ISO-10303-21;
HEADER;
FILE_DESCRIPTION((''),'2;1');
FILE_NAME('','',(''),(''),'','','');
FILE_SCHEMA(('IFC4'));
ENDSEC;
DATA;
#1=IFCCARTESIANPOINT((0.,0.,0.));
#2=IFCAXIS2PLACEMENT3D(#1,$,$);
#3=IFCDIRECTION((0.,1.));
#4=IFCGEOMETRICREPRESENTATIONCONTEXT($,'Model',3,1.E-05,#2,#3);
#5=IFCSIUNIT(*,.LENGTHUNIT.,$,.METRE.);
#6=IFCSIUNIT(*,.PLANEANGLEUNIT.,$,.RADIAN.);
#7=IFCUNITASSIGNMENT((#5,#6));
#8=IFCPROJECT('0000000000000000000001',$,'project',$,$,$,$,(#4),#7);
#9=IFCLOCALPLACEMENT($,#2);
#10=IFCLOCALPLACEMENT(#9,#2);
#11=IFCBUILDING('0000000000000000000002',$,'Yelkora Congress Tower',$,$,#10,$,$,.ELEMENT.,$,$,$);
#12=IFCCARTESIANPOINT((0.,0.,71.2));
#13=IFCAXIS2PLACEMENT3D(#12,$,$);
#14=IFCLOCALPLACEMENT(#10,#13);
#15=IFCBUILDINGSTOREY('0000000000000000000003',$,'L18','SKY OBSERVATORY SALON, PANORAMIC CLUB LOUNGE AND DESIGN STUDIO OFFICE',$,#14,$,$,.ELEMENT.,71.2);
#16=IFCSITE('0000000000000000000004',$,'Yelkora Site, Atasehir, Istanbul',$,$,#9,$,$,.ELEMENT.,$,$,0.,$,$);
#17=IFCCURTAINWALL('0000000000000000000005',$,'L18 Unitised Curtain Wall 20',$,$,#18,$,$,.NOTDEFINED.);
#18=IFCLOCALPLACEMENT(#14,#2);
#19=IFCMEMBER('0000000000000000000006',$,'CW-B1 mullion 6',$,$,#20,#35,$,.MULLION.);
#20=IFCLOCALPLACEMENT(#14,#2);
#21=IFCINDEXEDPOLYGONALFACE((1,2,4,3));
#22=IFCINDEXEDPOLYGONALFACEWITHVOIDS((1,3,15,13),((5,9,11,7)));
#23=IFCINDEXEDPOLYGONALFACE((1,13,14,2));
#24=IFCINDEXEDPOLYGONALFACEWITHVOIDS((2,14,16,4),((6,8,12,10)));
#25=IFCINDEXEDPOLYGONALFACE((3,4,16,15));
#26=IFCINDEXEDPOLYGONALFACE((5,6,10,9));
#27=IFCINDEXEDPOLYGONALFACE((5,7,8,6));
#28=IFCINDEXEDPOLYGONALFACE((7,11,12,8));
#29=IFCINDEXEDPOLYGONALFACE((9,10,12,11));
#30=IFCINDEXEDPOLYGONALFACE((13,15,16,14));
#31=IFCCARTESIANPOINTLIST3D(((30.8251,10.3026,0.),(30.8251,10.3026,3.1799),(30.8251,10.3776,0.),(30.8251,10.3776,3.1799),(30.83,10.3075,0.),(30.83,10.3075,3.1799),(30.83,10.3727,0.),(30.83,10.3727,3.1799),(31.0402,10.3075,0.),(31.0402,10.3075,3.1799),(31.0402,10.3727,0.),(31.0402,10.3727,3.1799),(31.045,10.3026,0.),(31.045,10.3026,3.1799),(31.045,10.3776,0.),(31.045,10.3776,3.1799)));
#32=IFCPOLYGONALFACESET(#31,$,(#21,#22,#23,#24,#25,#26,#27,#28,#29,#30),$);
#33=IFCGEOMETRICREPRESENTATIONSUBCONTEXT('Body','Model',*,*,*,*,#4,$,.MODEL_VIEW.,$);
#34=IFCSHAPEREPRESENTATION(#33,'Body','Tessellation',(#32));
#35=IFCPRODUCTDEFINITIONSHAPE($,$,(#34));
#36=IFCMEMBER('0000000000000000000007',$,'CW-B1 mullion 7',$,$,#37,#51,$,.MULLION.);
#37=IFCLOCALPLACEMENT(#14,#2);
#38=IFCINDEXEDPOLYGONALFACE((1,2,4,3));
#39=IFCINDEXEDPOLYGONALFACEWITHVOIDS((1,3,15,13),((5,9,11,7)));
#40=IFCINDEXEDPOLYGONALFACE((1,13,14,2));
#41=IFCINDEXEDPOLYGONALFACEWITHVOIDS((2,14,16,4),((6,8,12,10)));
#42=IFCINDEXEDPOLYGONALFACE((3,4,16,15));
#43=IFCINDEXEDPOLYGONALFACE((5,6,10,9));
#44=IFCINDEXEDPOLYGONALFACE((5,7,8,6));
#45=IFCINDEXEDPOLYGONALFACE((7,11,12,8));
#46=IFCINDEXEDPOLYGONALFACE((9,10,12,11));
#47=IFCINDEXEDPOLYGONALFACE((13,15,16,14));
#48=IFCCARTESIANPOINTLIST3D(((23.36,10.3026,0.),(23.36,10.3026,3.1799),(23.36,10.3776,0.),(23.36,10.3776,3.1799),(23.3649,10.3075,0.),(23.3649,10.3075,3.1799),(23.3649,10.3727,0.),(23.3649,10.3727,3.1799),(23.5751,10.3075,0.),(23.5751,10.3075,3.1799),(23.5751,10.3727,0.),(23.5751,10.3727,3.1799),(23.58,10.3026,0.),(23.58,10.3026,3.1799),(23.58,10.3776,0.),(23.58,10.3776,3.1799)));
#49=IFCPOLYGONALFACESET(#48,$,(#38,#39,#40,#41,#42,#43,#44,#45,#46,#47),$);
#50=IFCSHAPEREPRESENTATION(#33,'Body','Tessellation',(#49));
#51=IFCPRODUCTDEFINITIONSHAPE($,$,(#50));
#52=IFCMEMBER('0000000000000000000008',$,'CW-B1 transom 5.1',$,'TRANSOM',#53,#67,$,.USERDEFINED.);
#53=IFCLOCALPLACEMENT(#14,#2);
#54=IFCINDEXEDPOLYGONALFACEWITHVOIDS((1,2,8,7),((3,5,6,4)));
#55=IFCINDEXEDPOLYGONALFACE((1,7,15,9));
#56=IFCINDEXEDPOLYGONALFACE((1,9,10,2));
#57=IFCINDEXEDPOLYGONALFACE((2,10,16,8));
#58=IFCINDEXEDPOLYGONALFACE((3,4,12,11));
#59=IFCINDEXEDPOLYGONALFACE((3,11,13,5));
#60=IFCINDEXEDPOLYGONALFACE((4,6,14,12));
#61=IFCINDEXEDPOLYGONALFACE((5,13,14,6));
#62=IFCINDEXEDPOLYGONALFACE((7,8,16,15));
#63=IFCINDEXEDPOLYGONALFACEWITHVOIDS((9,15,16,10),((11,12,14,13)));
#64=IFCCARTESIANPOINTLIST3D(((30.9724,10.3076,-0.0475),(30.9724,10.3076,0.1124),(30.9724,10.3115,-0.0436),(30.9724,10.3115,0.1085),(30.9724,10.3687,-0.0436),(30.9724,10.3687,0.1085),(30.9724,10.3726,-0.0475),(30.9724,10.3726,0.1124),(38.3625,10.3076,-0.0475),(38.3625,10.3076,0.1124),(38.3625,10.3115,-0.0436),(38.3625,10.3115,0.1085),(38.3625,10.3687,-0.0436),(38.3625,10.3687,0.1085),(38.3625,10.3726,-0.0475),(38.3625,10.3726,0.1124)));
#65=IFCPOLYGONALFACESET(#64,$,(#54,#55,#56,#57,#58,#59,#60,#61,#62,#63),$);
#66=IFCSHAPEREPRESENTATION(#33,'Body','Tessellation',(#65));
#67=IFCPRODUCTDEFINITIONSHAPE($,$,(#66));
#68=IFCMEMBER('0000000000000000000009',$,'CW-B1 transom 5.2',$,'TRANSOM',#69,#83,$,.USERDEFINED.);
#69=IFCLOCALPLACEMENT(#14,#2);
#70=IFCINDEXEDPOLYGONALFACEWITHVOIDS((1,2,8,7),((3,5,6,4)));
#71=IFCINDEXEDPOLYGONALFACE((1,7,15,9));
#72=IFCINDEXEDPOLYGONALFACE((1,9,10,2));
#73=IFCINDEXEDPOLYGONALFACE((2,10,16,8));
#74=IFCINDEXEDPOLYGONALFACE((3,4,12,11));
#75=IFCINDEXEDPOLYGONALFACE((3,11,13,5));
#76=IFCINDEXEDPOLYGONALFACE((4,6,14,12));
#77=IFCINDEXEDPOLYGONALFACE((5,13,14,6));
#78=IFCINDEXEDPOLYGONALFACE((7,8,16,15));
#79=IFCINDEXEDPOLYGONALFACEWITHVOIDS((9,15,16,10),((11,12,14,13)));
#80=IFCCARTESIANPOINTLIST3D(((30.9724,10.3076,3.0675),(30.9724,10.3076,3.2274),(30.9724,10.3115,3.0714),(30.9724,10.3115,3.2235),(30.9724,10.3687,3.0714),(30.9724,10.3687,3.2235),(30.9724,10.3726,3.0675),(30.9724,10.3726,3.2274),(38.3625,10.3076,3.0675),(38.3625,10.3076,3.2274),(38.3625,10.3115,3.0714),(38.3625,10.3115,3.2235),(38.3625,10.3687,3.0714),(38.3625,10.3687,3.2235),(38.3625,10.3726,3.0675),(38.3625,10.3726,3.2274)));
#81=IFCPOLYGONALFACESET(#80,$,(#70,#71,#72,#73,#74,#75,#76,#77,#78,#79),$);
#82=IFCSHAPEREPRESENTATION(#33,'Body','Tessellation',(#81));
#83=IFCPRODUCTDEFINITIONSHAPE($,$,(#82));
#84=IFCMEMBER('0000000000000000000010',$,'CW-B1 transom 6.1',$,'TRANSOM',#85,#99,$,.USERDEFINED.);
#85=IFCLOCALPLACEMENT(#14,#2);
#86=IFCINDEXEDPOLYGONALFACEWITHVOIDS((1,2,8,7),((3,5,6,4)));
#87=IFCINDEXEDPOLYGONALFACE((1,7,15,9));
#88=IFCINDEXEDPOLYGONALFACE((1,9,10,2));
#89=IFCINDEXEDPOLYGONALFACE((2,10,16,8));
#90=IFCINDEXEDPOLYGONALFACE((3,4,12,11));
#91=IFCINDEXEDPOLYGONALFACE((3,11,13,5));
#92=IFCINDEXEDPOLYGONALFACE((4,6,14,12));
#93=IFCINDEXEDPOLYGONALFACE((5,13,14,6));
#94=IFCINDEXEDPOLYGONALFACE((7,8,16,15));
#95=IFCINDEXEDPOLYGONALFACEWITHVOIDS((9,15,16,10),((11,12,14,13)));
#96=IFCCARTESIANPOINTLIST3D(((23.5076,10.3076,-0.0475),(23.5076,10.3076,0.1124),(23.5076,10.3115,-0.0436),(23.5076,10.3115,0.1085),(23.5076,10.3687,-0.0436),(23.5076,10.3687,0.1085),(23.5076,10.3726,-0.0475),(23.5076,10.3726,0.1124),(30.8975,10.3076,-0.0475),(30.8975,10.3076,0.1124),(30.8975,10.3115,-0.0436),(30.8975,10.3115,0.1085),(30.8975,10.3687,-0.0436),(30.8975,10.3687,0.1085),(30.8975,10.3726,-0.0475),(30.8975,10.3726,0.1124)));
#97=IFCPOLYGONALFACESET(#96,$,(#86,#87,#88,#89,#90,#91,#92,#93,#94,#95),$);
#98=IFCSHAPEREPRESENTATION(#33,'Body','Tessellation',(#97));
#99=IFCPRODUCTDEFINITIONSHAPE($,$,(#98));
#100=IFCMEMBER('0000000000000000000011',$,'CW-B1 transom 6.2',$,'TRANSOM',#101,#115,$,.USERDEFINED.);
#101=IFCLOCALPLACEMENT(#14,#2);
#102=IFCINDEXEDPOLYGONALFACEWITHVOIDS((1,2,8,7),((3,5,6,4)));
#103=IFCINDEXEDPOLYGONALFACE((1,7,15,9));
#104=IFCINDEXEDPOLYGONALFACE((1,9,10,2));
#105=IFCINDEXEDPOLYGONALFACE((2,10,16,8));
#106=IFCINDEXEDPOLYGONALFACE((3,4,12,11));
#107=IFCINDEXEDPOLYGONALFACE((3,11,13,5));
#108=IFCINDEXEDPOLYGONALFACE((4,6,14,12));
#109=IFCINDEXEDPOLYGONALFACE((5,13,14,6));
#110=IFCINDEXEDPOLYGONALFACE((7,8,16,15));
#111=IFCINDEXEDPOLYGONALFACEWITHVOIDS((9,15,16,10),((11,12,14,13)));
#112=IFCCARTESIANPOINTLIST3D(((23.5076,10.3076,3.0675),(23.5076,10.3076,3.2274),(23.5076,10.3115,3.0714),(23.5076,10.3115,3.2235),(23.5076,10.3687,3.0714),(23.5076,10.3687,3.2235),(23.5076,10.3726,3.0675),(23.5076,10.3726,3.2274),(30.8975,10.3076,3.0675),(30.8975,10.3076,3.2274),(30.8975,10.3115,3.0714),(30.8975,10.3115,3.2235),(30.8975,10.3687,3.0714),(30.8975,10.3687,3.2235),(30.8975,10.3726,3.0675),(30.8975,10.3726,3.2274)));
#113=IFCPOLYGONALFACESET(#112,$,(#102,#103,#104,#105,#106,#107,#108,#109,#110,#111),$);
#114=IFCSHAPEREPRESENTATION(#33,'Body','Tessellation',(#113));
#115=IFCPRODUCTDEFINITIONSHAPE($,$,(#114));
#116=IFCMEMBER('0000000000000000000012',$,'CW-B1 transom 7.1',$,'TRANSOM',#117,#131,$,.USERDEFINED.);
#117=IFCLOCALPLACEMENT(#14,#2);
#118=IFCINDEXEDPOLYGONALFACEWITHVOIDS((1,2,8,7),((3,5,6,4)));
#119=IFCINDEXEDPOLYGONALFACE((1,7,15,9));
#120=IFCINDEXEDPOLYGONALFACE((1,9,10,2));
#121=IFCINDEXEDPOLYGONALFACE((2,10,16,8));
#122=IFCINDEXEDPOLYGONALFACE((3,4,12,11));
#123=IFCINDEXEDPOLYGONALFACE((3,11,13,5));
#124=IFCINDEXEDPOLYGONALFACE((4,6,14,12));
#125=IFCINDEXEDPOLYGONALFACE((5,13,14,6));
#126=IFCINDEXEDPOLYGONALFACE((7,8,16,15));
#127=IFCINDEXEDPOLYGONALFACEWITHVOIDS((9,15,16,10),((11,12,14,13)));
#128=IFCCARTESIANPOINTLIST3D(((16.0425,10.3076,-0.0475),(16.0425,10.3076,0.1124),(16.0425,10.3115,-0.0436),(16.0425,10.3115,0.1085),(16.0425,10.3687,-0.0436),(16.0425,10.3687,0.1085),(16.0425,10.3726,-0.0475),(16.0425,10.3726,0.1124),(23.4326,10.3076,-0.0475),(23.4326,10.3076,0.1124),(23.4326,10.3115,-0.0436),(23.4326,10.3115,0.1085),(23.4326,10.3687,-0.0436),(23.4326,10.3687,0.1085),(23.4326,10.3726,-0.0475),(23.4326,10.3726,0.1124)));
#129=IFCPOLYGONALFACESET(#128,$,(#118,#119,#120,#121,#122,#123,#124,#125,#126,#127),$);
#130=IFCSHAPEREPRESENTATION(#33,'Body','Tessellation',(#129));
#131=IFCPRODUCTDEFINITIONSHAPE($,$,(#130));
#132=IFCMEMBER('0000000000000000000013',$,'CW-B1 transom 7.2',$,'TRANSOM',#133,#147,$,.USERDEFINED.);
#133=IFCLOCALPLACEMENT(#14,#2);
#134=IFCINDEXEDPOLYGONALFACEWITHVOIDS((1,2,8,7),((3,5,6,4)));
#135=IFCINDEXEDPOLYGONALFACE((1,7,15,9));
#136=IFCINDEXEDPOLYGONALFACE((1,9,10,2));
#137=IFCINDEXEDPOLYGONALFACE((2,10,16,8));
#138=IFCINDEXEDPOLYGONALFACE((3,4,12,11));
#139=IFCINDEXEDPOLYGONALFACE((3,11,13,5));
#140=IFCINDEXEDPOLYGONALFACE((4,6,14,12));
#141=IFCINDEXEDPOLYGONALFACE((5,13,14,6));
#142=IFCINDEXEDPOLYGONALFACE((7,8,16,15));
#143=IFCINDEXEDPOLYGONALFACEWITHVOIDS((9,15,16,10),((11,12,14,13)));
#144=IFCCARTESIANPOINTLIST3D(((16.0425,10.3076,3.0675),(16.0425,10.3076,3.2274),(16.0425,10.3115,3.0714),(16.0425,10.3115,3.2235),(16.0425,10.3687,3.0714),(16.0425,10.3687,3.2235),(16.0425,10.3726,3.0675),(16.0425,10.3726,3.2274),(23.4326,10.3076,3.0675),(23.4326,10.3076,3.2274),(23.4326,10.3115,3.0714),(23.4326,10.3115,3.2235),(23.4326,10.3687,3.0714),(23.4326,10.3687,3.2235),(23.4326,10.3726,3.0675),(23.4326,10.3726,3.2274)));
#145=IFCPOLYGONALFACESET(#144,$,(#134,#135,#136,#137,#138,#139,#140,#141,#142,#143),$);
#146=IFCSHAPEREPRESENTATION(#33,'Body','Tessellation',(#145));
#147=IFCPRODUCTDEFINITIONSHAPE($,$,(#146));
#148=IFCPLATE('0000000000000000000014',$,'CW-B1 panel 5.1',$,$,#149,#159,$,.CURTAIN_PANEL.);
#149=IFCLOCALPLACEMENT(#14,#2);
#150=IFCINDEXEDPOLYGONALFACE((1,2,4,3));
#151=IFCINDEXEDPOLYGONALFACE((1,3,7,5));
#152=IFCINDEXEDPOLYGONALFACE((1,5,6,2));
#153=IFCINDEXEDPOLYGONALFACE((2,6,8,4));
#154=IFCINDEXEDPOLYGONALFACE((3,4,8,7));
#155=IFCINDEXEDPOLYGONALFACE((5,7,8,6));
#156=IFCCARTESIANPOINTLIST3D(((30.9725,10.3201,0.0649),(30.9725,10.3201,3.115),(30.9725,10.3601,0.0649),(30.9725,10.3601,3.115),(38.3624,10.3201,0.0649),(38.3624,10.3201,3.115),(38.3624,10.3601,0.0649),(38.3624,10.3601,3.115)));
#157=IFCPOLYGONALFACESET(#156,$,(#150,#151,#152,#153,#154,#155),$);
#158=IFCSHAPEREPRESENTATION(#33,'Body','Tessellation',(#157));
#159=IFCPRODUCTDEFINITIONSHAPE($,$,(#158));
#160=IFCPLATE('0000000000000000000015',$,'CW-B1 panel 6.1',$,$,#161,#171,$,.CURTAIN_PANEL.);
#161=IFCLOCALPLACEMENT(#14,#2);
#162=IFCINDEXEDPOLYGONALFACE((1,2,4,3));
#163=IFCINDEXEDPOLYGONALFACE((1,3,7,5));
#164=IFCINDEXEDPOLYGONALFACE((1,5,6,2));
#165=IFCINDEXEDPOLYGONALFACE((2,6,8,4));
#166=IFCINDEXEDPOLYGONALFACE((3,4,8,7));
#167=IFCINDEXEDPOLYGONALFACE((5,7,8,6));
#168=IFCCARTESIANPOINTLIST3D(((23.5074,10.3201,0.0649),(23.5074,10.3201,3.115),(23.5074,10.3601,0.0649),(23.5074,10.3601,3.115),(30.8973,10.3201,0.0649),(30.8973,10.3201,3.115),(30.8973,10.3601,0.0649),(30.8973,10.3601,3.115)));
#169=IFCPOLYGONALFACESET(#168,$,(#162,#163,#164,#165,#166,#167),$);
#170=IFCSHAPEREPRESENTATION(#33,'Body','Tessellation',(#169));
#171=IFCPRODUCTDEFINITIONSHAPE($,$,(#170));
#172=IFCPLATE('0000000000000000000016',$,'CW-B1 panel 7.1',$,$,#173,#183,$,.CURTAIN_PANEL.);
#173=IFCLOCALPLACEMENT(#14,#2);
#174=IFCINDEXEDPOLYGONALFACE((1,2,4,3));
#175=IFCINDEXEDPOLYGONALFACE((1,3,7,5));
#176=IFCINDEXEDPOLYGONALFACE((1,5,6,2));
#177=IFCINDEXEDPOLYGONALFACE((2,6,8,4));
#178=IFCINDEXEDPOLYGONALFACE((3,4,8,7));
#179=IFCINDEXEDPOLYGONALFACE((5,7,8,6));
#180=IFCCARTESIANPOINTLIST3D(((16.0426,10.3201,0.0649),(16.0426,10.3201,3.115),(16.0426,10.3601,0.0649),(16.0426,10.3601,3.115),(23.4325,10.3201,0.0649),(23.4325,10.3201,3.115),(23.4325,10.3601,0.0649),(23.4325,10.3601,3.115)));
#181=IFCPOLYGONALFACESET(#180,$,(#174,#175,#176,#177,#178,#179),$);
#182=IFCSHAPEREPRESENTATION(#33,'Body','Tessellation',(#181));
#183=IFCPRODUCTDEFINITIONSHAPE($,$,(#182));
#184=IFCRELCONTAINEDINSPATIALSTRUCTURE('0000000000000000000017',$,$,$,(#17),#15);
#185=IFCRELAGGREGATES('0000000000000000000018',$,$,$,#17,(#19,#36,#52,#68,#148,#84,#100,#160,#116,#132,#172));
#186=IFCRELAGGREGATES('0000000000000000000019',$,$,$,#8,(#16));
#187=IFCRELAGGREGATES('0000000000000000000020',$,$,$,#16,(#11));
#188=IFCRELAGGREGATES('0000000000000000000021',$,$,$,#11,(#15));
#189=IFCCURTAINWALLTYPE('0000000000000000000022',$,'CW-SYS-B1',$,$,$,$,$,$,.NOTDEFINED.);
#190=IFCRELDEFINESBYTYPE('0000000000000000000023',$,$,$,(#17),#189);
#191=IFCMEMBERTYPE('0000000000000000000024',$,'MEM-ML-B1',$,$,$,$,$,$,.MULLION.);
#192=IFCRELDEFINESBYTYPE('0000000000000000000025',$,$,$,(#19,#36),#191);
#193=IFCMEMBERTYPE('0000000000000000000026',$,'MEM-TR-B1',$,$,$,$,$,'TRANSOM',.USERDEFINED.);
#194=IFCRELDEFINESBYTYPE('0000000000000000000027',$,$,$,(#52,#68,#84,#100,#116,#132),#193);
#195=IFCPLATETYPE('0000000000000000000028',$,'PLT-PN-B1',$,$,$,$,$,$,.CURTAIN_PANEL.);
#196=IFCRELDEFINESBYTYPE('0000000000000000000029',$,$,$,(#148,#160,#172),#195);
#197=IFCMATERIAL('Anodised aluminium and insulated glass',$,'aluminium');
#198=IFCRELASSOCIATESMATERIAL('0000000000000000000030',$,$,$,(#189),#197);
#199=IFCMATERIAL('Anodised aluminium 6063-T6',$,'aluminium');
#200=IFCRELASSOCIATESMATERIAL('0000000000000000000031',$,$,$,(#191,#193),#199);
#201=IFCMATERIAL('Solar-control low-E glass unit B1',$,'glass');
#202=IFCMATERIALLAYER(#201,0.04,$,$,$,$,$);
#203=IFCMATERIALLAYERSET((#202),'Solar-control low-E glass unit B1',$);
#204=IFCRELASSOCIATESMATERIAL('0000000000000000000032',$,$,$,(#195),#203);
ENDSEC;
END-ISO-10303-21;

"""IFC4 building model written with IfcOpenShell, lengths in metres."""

from ifc_helpers import new_model, si_unit, direction, frame, origin, origin_2d, place, context, subcontext, project, spatial, rectangle, hollow_rectangle, extrude, material, layer, layer_set, material_profile, profile_set, type_object, element, aggregate, save


model = new_model("IFC4")

# Units and contexts
model_context = context("Model", 3, precision=1e-05, world=origin(), true_north=direction((0.0, 1.0)))
body_context = subcontext(model_context, "Body", "Model", "MODEL_VIEW")
ifc_project = project(units=[si_unit("LENGTHUNIT", "METRE"), si_unit("PLANEANGLEUNIT", "RADIAN")], contexts=[model_context])

# Site, building, storey
site_placement = place(None, origin())
site = spatial("IfcSite", under=ifc_project, at=site_placement, Name="Yelkora Site, Atasehir, Istanbul", CompositionType="ELEMENT", RefElevation=0.0)
building_placement = place(site_placement, origin())
building = spatial("IfcBuilding", under=site, at=building_placement, Name="Yelkora Congress Tower", CompositionType="ELEMENT")
storey_placement = place(building_placement, frame((0.0, 0.0, 71.2)))
storey = spatial("IfcBuildingStorey", under=building, at=storey_placement, Name="L18", Description="SKY OBSERVATORY SALON, PANORAMIC CLUB LOUNGE AND DESIGN STUDIO OFFICE", CompositionType="ELEMENT", Elevation=71.2)

# Curtain wall, members, plates
ifc_material_1 = material(Name="Anodised aluminium and insulated glass", Category="aluminium")
curtain_wall_type = type_object("IfcCurtainWallType", Name="CW-SYS-B1", PredefinedType="NOTDEFINED", material=ifc_material_1)
curtain_wall_placement = place(storey_placement, origin())
curtain_wall = element("IfcCurtainWall", 1, at=curtain_wall_placement, inside=storey, type_object=curtain_wall_type, Name="L18 Unitised Curtain Wall 20", PredefinedType="NOTDEFINED")
ifc_material_2 = material(Name="Anodised aluminium 6063-T6", Category="aluminium")
ifc_material_profile_1 = material_profile(ifc_material_2, hollow_rectangle(XDim=0.075, YDim=0.22, WallThickness=0.0049, at=origin_2d()), Name="ALU 75x220x5")
ifc_profile_set_1 = profile_set([ifc_material_profile_1], Name="Anodised aluminium 6063-T6")
member_type_1 = type_object("IfcMemberType", Name="MEM-ML-B1", PredefinedType="MULLION", material=ifc_profile_set_1)
member_1_placement = place(storey_placement, frame((30.9351, 10.3401, 0.0), z_axis=(0.0, 0.0, 1.0), x_axis=(0.0, -1.0, 0.0)))
member_1 = element("IfcMember", 2, at=member_1_placement, type_object=member_type_1, Name="CW-B1 mullion 6", PredefinedType="MULLION", context=body_context, shape_type="SweptSolid", body=[
    extrude(hollow_rectangle(XDim=0.075, YDim=0.22, WallThickness=0.0049, at=origin_2d()), origin(), (0.0, 0.0, 1.0), 3.1799),
])
member_2_placement = place(storey_placement, frame((23.47, 10.3401, 0.0), z_axis=(0.0, 0.0, 1.0), x_axis=(0.0, -1.0, 0.0)))
member_2 = element("IfcMember", 3, at=member_2_placement, type_object=member_type_1, Name="CW-B1 mullion 7", PredefinedType="MULLION", context=body_context, shape_type="SweptSolid", body=[
    extrude(hollow_rectangle(XDim=0.075, YDim=0.22, WallThickness=0.0049, at=origin_2d()), origin(), (0.0, 0.0, 1.0), 3.1799),
])
ifc_material_profile_2 = material_profile(ifc_material_2, hollow_rectangle(XDim=0.0649, YDim=0.1599, WallThickness=0.0039, at=origin_2d()), Name="ALU 65x160x4")
ifc_profile_set_2 = profile_set([ifc_material_profile_2], Name="Anodised aluminium 6063-T6")
member_type_2 = type_object("IfcMemberType", Name="MEM-TR-B1", ElementType="TRANSOM", PredefinedType="USERDEFINED", material=ifc_profile_set_2)
member_3_placement = place(storey_placement, frame((38.3625, 10.3401, 0.0325), z_axis=(-1.0, 0.0, 0.0), x_axis=(0.0, -1.0, 0.0)))
member_3 = element("IfcMember", 4, at=member_3_placement, type_object=member_type_2, Name="CW-B1 transom 5.1", ObjectType="TRANSOM", PredefinedType="USERDEFINED", context=body_context, shape_type="SweptSolid", body=[
    extrude(hollow_rectangle(XDim=0.0649, YDim=0.1599, WallThickness=0.0039, at=origin_2d()), origin(), (0.0, 0.0, 1.0), 7.3901),
])
member_4_placement = place(storey_placement, frame((38.3625, 10.3401, 3.1475), z_axis=(-1.0, 0.0, 0.0), x_axis=(0.0, -1.0, 0.0)))
member_4 = element("IfcMember", 5, at=member_4_placement, type_object=member_type_2, Name="CW-B1 transom 5.2", ObjectType="TRANSOM", PredefinedType="USERDEFINED", context=body_context, shape_type="SweptSolid", body=[
    extrude(hollow_rectangle(XDim=0.0649, YDim=0.1599, WallThickness=0.0039, at=origin_2d()), origin(), (0.0, 0.0, 1.0), 7.3901),
])
member_5_placement = place(storey_placement, frame((30.8975, 10.3401, 0.0325), z_axis=(-1.0, 0.0, 0.0), x_axis=(0.0, -1.0, 0.0)))
member_5 = element("IfcMember", 6, at=member_5_placement, type_object=member_type_2, Name="CW-B1 transom 6.1", ObjectType="TRANSOM", PredefinedType="USERDEFINED", context=body_context, shape_type="SweptSolid", body=[
    extrude(hollow_rectangle(XDim=0.0649, YDim=0.1599, WallThickness=0.0039, at=origin_2d()), origin(), (0.0, 0.0, 1.0), 7.3899),
])
member_6_placement = place(storey_placement, frame((30.8975, 10.3401, 3.1475), z_axis=(-1.0, 0.0, 0.0), x_axis=(0.0, -1.0, 0.0)))
member_6 = element("IfcMember", 7, at=member_6_placement, type_object=member_type_2, Name="CW-B1 transom 6.2", ObjectType="TRANSOM", PredefinedType="USERDEFINED", context=body_context, shape_type="SweptSolid", body=[
    extrude(hollow_rectangle(XDim=0.0649, YDim=0.1599, WallThickness=0.0039, at=origin_2d()), origin(), (0.0, 0.0, 1.0), 7.3899),
])
member_7_placement = place(storey_placement, frame((23.4326, 10.3401, 0.0325), z_axis=(-1.0, 0.0, 0.0), x_axis=(0.0, -1.0, 0.0)))
member_7 = element("IfcMember", 8, at=member_7_placement, type_object=member_type_2, Name="CW-B1 transom 7.1", ObjectType="TRANSOM", PredefinedType="USERDEFINED", context=body_context, shape_type="SweptSolid", body=[
    extrude(hollow_rectangle(XDim=0.0649, YDim=0.1599, WallThickness=0.0039, at=origin_2d()), origin(), (0.0, 0.0, 1.0), 7.3901),
])
member_8_placement = place(storey_placement, frame((23.4326, 10.3401, 3.1475), z_axis=(-1.0, 0.0, 0.0), x_axis=(0.0, -1.0, 0.0)))
member_8 = element("IfcMember", 9, at=member_8_placement, type_object=member_type_2, Name="CW-B1 transom 7.2", ObjectType="TRANSOM", PredefinedType="USERDEFINED", context=body_context, shape_type="SweptSolid", body=[
    extrude(hollow_rectangle(XDim=0.0649, YDim=0.1599, WallThickness=0.0039, at=origin_2d()), origin(), (0.0, 0.0, 1.0), 7.3901),
])
ifc_material_3 = material(Name="Solar-control low-E glass unit B1", Category="glass")
ifc_layer_1 = layer(ifc_material_3, 0.04)
ifc_layer_set_1 = layer_set([ifc_layer_1], Name="Solar-control low-E glass unit B1")
plate_type = type_object("IfcPlateType", Name="PLT-PN-B1", PredefinedType="CURTAIN_PANEL", material=ifc_layer_set_1)
plate_1_placement = place(storey_placement, frame((34.6675, 10.3401, 0.0649), z_axis=(0.0, 0.0, 1.0), x_axis=(-1.0, 0.0, 0.0)))
plate_1 = element("IfcPlate", 10, at=plate_1_placement, type_object=plate_type, Name="CW-B1 panel 5.1", PredefinedType="CURTAIN_PANEL", context=body_context, shape_type="SweptSolid", body=[
    extrude(rectangle(XDim=7.3899, YDim=0.04, at=origin_2d()), origin(), (0.0, 0.0, 1.0), 3.05),
])
plate_2_placement = place(storey_placement, frame((27.2024, 10.3401, 0.0649), z_axis=(0.0, 0.0, 1.0), x_axis=(-1.0, 0.0, 0.0)))
plate_2 = element("IfcPlate", 11, at=plate_2_placement, type_object=plate_type, Name="CW-B1 panel 6.1", PredefinedType="CURTAIN_PANEL", context=body_context, shape_type="SweptSolid", body=[
    extrude(rectangle(XDim=7.3899, YDim=0.04, at=origin_2d()), origin(), (0.0, 0.0, 1.0), 3.05),
])
plate_3_placement = place(storey_placement, frame((19.7375, 10.3401, 0.0649), z_axis=(0.0, 0.0, 1.0), x_axis=(-1.0, 0.0, 0.0)))
plate_3 = element("IfcPlate", 12, at=plate_3_placement, type_object=plate_type, Name="CW-B1 panel 7.1", PredefinedType="CURTAIN_PANEL", context=body_context, shape_type="SweptSolid", body=[
    extrude(rectangle(XDim=7.3899, YDim=0.04, at=origin_2d()), origin(), (0.0, 0.0, 1.0), 3.05),
])
aggregate(curtain_wall, [member_1, member_2, member_3, member_4, plate_1, member_5, member_6, plate_2, member_7, member_8, plate_3])

save(model, "model.ifc")
